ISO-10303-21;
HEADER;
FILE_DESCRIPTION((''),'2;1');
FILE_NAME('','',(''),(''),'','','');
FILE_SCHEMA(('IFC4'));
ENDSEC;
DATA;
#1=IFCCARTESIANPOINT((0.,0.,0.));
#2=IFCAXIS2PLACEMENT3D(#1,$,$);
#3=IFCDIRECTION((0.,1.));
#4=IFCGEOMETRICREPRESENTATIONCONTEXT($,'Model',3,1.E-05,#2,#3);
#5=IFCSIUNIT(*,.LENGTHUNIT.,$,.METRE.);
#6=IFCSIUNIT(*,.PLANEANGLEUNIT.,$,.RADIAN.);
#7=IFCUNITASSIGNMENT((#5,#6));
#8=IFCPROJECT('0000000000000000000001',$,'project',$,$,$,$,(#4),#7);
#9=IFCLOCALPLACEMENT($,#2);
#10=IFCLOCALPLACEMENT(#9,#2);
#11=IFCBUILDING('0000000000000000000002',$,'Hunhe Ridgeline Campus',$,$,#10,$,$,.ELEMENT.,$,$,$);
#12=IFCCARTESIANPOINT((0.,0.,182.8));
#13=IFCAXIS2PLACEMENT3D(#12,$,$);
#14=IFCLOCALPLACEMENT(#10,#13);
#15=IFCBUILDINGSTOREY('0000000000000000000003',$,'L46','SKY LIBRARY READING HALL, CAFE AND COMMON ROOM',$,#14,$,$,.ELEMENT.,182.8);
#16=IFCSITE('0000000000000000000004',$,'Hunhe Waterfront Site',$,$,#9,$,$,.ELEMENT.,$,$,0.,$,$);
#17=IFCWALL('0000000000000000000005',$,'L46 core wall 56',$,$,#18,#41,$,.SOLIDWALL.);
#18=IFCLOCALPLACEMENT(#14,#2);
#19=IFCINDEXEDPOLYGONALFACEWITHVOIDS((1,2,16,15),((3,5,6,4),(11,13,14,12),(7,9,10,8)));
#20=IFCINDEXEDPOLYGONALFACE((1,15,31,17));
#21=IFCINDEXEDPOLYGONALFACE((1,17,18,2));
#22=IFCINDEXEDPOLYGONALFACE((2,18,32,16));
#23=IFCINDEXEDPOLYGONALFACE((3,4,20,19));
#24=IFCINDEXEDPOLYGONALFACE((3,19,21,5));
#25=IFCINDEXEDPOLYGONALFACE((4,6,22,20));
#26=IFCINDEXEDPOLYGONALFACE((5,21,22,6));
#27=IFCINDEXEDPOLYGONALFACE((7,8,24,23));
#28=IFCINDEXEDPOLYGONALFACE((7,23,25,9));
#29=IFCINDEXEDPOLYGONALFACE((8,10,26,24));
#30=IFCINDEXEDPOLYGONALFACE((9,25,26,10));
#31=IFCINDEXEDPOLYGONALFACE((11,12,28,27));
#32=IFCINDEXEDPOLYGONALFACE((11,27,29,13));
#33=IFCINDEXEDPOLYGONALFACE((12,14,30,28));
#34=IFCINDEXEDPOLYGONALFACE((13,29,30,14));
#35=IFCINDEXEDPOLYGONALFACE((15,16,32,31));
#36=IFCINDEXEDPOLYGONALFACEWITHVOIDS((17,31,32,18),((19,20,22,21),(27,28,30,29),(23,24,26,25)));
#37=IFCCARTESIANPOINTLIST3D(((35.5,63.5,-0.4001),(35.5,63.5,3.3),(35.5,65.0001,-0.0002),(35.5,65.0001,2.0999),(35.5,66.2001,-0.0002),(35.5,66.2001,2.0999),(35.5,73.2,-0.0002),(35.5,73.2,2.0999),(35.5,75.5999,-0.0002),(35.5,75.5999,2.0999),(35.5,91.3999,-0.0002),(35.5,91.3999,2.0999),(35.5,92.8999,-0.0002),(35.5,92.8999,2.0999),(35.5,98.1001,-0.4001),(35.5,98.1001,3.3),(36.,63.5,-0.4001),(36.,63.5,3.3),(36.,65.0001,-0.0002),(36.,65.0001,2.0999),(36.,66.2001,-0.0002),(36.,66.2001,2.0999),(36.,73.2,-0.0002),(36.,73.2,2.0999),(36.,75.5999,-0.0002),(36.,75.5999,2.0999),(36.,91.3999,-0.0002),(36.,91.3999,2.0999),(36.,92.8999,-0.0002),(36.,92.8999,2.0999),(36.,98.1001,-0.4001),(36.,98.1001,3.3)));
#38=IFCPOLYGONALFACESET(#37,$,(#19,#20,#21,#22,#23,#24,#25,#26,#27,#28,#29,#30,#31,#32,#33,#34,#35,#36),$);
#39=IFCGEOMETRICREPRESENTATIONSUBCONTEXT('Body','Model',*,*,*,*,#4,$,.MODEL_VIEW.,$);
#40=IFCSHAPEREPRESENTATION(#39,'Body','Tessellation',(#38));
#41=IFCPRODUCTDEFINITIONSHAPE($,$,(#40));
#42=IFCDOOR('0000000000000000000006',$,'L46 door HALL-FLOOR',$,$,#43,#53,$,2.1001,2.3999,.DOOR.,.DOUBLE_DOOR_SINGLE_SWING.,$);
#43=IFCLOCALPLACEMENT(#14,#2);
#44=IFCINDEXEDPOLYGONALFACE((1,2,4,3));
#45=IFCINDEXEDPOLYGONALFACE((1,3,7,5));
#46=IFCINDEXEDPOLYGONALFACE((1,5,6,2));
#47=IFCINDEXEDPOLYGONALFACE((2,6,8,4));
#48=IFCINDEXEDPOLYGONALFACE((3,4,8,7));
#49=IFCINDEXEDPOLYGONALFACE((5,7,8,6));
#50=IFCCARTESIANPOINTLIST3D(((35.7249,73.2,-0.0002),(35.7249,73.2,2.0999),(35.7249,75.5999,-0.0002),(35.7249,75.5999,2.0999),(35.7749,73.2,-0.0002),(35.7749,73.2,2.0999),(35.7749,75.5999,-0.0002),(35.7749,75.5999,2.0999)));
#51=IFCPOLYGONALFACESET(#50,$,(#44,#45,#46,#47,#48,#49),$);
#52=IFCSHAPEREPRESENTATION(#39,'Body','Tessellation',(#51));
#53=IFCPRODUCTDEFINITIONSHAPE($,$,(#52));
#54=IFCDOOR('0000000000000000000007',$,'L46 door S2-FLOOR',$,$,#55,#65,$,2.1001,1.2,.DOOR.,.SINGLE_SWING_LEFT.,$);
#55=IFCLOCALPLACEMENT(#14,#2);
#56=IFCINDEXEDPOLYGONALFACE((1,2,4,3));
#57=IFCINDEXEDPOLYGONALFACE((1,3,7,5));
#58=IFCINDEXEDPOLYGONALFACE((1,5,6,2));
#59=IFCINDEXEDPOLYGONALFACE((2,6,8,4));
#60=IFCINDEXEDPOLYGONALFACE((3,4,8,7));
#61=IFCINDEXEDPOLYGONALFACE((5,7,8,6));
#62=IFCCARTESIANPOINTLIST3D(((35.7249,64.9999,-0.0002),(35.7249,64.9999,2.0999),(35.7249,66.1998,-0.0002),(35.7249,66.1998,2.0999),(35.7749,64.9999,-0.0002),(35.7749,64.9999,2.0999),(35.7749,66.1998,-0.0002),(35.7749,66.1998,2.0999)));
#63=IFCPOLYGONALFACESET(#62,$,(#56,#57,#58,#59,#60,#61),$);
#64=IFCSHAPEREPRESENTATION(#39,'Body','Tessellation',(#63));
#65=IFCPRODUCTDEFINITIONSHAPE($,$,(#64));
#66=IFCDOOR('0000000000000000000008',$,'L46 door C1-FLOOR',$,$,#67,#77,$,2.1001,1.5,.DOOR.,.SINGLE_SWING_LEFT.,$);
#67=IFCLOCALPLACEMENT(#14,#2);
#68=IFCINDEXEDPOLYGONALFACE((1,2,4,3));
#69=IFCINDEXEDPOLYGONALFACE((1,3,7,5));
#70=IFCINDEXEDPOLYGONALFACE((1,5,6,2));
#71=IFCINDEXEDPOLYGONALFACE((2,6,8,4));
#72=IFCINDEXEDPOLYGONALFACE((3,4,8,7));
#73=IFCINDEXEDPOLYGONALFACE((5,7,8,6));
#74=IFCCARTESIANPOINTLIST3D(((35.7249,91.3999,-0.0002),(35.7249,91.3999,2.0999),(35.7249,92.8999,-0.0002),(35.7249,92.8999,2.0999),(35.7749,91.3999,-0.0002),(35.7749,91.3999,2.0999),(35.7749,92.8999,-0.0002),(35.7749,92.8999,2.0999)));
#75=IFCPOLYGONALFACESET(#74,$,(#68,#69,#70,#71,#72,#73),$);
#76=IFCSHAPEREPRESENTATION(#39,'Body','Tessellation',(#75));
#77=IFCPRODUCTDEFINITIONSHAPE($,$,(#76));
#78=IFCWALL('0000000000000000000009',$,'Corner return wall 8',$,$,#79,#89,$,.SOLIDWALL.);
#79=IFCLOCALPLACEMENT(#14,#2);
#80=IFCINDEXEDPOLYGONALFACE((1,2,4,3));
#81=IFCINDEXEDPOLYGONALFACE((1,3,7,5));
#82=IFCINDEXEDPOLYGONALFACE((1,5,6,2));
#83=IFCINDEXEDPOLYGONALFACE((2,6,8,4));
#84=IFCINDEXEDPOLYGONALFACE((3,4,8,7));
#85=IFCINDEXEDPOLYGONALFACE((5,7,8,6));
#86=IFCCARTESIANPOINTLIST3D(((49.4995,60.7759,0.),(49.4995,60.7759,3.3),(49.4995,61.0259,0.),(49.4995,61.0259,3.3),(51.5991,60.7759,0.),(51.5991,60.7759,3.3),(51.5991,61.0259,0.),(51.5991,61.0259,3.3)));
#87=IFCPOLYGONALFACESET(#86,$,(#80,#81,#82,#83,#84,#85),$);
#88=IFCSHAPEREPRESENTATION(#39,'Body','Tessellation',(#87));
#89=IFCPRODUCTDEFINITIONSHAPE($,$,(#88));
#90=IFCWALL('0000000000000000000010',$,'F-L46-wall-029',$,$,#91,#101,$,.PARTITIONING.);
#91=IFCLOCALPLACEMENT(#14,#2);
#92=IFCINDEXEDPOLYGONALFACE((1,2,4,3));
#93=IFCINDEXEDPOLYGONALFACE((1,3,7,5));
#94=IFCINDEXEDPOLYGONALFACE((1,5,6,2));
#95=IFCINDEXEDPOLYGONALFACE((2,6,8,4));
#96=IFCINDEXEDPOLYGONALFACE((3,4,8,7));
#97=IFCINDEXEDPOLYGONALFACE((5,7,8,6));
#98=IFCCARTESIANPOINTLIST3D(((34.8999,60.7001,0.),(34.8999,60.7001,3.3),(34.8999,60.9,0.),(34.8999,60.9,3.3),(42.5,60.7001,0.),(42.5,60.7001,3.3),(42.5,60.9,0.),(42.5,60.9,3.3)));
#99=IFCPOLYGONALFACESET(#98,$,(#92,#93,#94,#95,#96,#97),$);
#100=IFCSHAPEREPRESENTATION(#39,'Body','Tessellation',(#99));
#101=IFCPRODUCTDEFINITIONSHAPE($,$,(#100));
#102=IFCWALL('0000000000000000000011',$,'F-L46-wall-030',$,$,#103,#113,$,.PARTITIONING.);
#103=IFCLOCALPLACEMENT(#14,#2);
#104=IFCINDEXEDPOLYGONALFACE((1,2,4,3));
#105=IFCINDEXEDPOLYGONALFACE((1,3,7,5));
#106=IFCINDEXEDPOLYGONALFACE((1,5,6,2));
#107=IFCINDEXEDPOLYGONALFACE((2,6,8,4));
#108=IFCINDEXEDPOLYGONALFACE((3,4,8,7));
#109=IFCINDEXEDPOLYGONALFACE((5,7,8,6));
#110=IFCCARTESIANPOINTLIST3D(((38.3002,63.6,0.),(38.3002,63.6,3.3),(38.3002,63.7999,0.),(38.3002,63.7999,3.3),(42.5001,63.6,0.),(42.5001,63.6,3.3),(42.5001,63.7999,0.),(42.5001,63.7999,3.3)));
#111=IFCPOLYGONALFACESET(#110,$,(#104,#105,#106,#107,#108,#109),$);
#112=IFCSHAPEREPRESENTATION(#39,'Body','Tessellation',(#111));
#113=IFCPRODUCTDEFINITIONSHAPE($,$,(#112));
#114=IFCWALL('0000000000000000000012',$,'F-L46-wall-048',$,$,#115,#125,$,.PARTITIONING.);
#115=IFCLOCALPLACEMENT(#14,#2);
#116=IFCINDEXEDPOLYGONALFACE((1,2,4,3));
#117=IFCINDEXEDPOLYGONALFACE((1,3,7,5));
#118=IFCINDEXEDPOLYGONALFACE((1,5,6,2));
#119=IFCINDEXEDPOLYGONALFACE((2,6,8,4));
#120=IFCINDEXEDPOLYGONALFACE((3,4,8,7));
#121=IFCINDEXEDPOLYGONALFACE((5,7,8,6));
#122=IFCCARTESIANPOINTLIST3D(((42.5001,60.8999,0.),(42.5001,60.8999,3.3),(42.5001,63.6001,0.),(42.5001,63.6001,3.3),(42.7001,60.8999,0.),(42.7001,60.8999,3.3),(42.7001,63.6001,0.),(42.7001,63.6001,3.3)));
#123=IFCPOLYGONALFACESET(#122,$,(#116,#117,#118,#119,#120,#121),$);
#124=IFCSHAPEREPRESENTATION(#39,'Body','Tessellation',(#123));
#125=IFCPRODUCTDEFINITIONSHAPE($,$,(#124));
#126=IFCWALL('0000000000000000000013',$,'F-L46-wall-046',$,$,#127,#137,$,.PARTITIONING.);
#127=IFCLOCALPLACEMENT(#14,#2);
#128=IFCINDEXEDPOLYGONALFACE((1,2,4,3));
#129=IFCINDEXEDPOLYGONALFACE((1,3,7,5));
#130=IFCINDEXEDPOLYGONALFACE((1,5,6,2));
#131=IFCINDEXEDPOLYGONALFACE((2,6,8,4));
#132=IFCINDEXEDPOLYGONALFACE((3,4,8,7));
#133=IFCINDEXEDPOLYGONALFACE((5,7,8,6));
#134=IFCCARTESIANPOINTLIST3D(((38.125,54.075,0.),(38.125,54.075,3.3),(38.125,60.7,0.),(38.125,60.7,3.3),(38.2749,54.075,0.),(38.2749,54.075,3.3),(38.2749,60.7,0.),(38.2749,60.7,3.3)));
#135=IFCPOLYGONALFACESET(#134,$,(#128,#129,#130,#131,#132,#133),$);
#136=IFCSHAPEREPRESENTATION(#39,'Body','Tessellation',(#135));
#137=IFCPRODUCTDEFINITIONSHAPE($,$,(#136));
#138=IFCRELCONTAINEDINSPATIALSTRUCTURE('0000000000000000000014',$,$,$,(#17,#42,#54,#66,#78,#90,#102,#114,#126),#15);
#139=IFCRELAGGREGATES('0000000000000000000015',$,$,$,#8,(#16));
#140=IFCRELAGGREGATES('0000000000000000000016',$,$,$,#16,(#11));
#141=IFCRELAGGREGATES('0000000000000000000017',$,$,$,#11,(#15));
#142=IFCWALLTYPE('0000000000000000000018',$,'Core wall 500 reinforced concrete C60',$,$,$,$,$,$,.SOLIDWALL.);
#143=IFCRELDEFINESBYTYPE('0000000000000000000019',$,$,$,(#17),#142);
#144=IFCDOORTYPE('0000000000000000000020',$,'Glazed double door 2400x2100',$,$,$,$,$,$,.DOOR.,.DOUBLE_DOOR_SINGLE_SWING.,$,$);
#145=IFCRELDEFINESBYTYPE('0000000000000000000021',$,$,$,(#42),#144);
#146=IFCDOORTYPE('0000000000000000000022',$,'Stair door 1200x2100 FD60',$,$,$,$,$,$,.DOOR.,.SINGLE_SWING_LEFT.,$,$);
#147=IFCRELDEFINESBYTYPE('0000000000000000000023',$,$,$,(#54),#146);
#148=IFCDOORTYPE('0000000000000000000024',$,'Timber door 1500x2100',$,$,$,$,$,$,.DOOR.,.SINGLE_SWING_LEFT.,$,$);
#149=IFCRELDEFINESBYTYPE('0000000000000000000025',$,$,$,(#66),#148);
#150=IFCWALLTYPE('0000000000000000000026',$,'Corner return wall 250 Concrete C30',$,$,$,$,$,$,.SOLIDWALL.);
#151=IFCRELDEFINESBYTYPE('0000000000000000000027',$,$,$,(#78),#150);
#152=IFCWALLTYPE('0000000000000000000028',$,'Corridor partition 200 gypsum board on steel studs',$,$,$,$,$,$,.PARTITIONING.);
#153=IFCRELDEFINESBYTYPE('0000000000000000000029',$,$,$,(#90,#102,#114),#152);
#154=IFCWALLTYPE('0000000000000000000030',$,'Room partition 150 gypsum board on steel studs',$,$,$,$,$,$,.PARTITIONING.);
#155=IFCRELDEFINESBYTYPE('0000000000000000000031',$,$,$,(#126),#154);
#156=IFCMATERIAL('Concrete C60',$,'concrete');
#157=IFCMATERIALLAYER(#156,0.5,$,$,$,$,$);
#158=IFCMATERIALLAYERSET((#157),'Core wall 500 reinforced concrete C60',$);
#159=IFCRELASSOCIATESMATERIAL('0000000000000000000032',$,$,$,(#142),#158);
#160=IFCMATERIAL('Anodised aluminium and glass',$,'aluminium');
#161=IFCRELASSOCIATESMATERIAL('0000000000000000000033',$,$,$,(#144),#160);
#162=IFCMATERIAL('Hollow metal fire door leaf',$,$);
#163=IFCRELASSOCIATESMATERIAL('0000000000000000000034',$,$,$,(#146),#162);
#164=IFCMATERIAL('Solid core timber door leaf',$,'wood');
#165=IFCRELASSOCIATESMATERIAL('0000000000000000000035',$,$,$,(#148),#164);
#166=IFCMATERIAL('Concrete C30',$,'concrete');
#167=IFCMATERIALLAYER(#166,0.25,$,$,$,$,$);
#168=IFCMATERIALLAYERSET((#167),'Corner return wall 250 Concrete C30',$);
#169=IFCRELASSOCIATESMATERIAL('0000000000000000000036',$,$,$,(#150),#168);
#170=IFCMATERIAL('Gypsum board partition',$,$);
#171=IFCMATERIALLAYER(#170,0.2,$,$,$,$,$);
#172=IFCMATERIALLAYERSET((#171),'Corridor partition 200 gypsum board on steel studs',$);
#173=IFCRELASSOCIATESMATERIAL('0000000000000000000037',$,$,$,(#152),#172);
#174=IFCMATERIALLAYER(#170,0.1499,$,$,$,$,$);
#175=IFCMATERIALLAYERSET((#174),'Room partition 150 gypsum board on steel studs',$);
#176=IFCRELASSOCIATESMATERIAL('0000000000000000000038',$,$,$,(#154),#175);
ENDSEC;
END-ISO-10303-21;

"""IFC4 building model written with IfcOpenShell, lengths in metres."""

from ifc_helpers import new_model, si_unit, direction, frame, frame_2d, origin, place, context, subcontext, project, spatial, rectangle, extrude, material, layer, layer_set, type_object, element, fill, save


model = new_model("IFC4")

# Units and contexts
model_context = context("Model", 3, precision=1e-05, world=origin(), true_north=direction((0.0, 1.0)))
body_context = subcontext(model_context, "Body", "Model", "MODEL_VIEW")
ifc_project = project(units=[si_unit("LENGTHUNIT", "METRE"), si_unit("PLANEANGLEUNIT", "RADIAN")], contexts=[model_context])

# Site, building, storey
site_placement = place(None, origin())
site = spatial("IfcSite", under=ifc_project, at=site_placement, Name="Hunhe Waterfront Site", CompositionType="ELEMENT", RefElevation=0.0)
building_placement = place(site_placement, origin())
building = spatial("IfcBuilding", under=site, at=building_placement, Name="Hunhe Ridgeline Campus", CompositionType="ELEMENT")
storey_placement = place(building_placement, frame((0.0, 0.0, 182.8)))
storey = spatial("IfcBuildingStorey", under=building, at=storey_placement, Name="L46", Description="SKY LIBRARY READING HALL, CAFE AND COMMON ROOM", CompositionType="ELEMENT", Elevation=182.8)

# Shared definitions
ifc_material_1 = material(Name="Concrete C60", Category="concrete")

# Wall, openings, doors
ifc_layer_1 = layer(ifc_material_1, 0.5)
ifc_layer_set_1 = layer_set([ifc_layer_1], Name="Core wall 500 reinforced concrete C60")
wall_type_1 = type_object("IfcWallType", Name="Core wall 500 reinforced concrete C60", PredefinedType="SOLIDWALL", material=ifc_layer_set_1)
wall_1_placement = place(storey_placement, frame((35.75, 63.5, -0.4001), z_axis=(0.0, 0.0, 1.0), x_axis=(0.0, 1.0, 0.0)))
wall_1 = element("IfcWall", 1, at=wall_1_placement, inside=storey, type_object=wall_type_1, Name="L46 core wall 56", PredefinedType="SOLIDWALL", context=body_context, shape_type="SweptSolid", body=[
    extrude(rectangle(XDim=34.6001, YDim=0.5, at=frame_2d((17.3, 0.0))), origin(), (0.0, 0.0, 1.0), 3.7002),
])
opening_1_placement = place(wall_1_placement, frame((9.7, 0.0, 0.3999)))
opening_1 = element("IfcOpeningElement", 2, at=opening_1_placement, cuts=wall_1, PredefinedType="OPENING", context=body_context, shape_type="SweptSolid", body=[
    extrude(rectangle(XDim=2.3999, YDim=2.1001, at=frame_2d((1.2, 1.05))), frame((0.0, 0.25, 0.0), z_axis=(0.0, -1.0, 0.0), x_axis=(1.0, 0.0, 0.0)), (0.0, 0.0, 1.0), 0.5),
])
opening_2_placement = place(wall_1_placement, frame((27.8999, 0.0, 0.3999)))
opening_2 = element("IfcOpeningElement", 3, at=opening_2_placement, cuts=wall_1, PredefinedType="OPENING", context=body_context, shape_type="SweptSolid", body=[
    extrude(rectangle(XDim=1.5, YDim=2.1001, at=frame_2d((0.75, 1.05))), frame((0.0, 0.25, 0.0), z_axis=(0.0, -1.0, 0.0), x_axis=(1.0, 0.0, 0.0)), (0.0, 0.0, 1.0), 0.5),
])
opening_3_placement = place(wall_1_placement, frame((1.5, 0.0, 0.3999)))
opening_3 = element("IfcOpeningElement", 4, at=opening_3_placement, cuts=wall_1, PredefinedType="OPENING", context=body_context, shape_type="SweptSolid", body=[
    extrude(rectangle(XDim=1.2, YDim=2.1001, at=frame_2d((0.6001, 1.05))), frame((0.0, 0.25, 0.0), z_axis=(0.0, -1.0, 0.0), x_axis=(1.0, 0.0, 0.0)), (0.0, 0.0, 1.0), 0.5),
])
ifc_material_2 = material(Name="Anodised aluminium and glass", Category="aluminium")
door_type_1 = type_object("IfcDoorType", Name="Glazed double door 2400x2100", OperationType="DOUBLE_DOOR_SINGLE_SWING", PredefinedType="DOOR", material=ifc_material_2)
door_1_placement = place(opening_1_placement, frame((2.3999, 0.0, 0.0), z_axis=(0.0, 0.0, 1.0), x_axis=(-1.0, 0.0, 0.0)))
door_1 = element("IfcDoor", 5, at=door_1_placement, inside=storey, type_object=door_type_1, Name="L46 door HALL-FLOOR", OperationType="DOUBLE_DOOR_SINGLE_SWING", OverallHeight=2.1001, OverallWidth=2.3999, PredefinedType="DOOR", context=body_context, shape_type="SweptSolid", body=[
    extrude(rectangle(XDim=2.3999, YDim=2.1001, at=frame_2d((1.2, 1.05))), frame((0.0, 0.0249, 0.0), z_axis=(0.0, -1.0, 0.0), x_axis=(1.0, 0.0, 0.0)), (0.0, 0.0, 1.0), 0.05),
])
fill(opening_1, door_1)
ifc_material_3 = material(Name="Hollow metal fire door leaf")
door_type_2 = type_object("IfcDoorType", Name="Stair door 1200x2100 FD60", OperationType="SINGLE_SWING_LEFT", PredefinedType="DOOR", material=ifc_material_3)
door_2_placement = place(opening_3_placement, frame((1.2, 0.0, 0.0), z_axis=(0.0, 0.0, 1.0), x_axis=(-1.0, 0.0, 0.0)))
door_2 = element("IfcDoor", 6, at=door_2_placement, inside=storey, type_object=door_type_2, Name="L46 door S2-FLOOR", OperationType="SINGLE_SWING_LEFT", OverallHeight=2.1001, OverallWidth=1.2, PredefinedType="DOOR", context=body_context, shape_type="SweptSolid", body=[
    extrude(rectangle(XDim=1.2, YDim=2.1001, at=frame_2d((0.6001, 1.05))), frame((0.0, 0.0249, 0.0), z_axis=(0.0, -1.0, 0.0), x_axis=(1.0, 0.0, 0.0)), (0.0, 0.0, 1.0), 0.05),
])
fill(opening_3, door_2)
ifc_material_4 = material(Name="Solid core timber door leaf", Category="wood")
door_type_3 = type_object("IfcDoorType", Name="Timber door 1500x2100", OperationType="SINGLE_SWING_LEFT", PredefinedType="DOOR", material=ifc_material_4)
door_3_placement = place(opening_2_placement, frame((1.5, 0.0, 0.0), z_axis=(0.0, 0.0, 1.0), x_axis=(-1.0, 0.0, 0.0)))
door_3 = element("IfcDoor", 7, at=door_3_placement, inside=storey, type_object=door_type_3, Name="L46 door C1-FLOOR", OperationType="SINGLE_SWING_LEFT", OverallHeight=2.1001, OverallWidth=1.5, PredefinedType="DOOR", context=body_context, shape_type="SweptSolid", body=[
    extrude(rectangle(XDim=1.5, YDim=2.1001, at=frame_2d((0.75, 1.05))), frame((0.0, 0.0249, 0.0), z_axis=(0.0, -1.0, 0.0), x_axis=(1.0, 0.0, 0.0)), (0.0, 0.0, 1.0), 0.05),
])
fill(opening_2, door_3)

# Walls
ifc_material_5 = material(Name="Concrete C30", Category="concrete")
ifc_layer_2 = layer(ifc_material_5, 0.25)
ifc_layer_set_2 = layer_set([ifc_layer_2], Name="Corner return wall 250 Concrete C30")
wall_type_2 = type_object("IfcWallType", Name="Corner return wall 250 Concrete C30", PredefinedType="SOLIDWALL", material=ifc_layer_set_2)
wall_2_placement = place(storey_placement, frame((49.4995, 60.9009, 0.0), z_axis=(0.0, 0.0, 1.0), x_axis=(1.0, 0.0, 0.0)))
element("IfcWall", 8, at=wall_2_placement, inside=storey, type_object=wall_type_2, Name="Corner return wall 8", PredefinedType="SOLIDWALL", context=body_context, shape_type="SweptSolid", body=[
    extrude(rectangle(XDim=2.0996, YDim=0.25, at=frame_2d((1.0498, 0.0))), origin(), (0.0, 0.0, 1.0), 3.3),
])
ifc_material_6 = material(Name="Gypsum board partition")
ifc_layer_3 = layer(ifc_material_6, 0.2)
ifc_layer_set_3 = layer_set([ifc_layer_3], Name="Corridor partition 200 gypsum board on steel studs")
wall_type_3 = type_object("IfcWallType", Name="Corridor partition 200 gypsum board on steel studs", PredefinedType="PARTITIONING", material=ifc_layer_set_3)
wall_3_placement = place(storey_placement, frame((42.5, 60.8, 0.0), z_axis=(0.0, 0.0, 1.0), x_axis=(-1.0, 0.0, 0.0)))
element("IfcWall", 9, at=wall_3_placement, inside=storey, type_object=wall_type_3, Name="F-L46-wall-029", PredefinedType="PARTITIONING", context=body_context, shape_type="SweptSolid", body=[
    extrude(rectangle(XDim=7.6001, YDim=0.2, at=frame_2d((3.8, 0.0))), origin(), (0.0, 0.0, 1.0), 3.3),
])
wall_4_placement = place(storey_placement, frame((38.3, 63.7, 0.0), z_axis=(0.0, 0.0, 1.0), x_axis=(1.0, 0.0, 0.0)))
element("IfcWall", 10, at=wall_4_placement, inside=storey, type_object=wall_type_3, Name="F-L46-wall-030", PredefinedType="PARTITIONING", context=body_context, shape_type="SweptSolid", body=[
    extrude(rectangle(XDim=4.2, YDim=0.2, at=frame_2d((2.1001, 0.0))), origin(), (0.0, 0.0, 1.0), 3.3),
])

# Walls
wall_5_placement = place(storey_placement, frame((42.6001, 63.6001, 0.0), z_axis=(0.0, 0.0, 1.0), x_axis=(0.0, -1.0, 0.0)))
element("IfcWall", 11, at=wall_5_placement, inside=storey, type_object=wall_type_3, Name="F-L46-wall-048", PredefinedType="PARTITIONING", context=body_context, shape_type="SweptSolid", body=[
    extrude(rectangle(XDim=2.7002, YDim=0.2, at=frame_2d((1.3501, 0.0))), origin(), (0.0, 0.0, 1.0), 3.3),
])
ifc_layer_4 = layer(ifc_material_6, 0.1499)
ifc_layer_set_4 = layer_set([ifc_layer_4], Name="Room partition 150 gypsum board on steel studs")
wall_type_4 = type_object("IfcWallType", Name="Room partition 150 gypsum board on steel studs", PredefinedType="PARTITIONING", material=ifc_layer_set_4)
wall_6_placement = place(storey_placement, frame((38.2, 60.7, 0.0), z_axis=(0.0, 0.0, 1.0), x_axis=(0.0, -1.0, 0.0)))
element("IfcWall", 12, at=wall_6_placement, inside=storey, type_object=wall_type_4, Name="F-L46-wall-046", PredefinedType="PARTITIONING", context=body_context, shape_type="SweptSolid", body=[
    extrude(rectangle(XDim=6.625, YDim=0.1499, at=frame_2d((3.3125, 0.0))), origin(), (0.0, 0.0, 1.0), 3.3),
])

save(model, "model.ifc")
